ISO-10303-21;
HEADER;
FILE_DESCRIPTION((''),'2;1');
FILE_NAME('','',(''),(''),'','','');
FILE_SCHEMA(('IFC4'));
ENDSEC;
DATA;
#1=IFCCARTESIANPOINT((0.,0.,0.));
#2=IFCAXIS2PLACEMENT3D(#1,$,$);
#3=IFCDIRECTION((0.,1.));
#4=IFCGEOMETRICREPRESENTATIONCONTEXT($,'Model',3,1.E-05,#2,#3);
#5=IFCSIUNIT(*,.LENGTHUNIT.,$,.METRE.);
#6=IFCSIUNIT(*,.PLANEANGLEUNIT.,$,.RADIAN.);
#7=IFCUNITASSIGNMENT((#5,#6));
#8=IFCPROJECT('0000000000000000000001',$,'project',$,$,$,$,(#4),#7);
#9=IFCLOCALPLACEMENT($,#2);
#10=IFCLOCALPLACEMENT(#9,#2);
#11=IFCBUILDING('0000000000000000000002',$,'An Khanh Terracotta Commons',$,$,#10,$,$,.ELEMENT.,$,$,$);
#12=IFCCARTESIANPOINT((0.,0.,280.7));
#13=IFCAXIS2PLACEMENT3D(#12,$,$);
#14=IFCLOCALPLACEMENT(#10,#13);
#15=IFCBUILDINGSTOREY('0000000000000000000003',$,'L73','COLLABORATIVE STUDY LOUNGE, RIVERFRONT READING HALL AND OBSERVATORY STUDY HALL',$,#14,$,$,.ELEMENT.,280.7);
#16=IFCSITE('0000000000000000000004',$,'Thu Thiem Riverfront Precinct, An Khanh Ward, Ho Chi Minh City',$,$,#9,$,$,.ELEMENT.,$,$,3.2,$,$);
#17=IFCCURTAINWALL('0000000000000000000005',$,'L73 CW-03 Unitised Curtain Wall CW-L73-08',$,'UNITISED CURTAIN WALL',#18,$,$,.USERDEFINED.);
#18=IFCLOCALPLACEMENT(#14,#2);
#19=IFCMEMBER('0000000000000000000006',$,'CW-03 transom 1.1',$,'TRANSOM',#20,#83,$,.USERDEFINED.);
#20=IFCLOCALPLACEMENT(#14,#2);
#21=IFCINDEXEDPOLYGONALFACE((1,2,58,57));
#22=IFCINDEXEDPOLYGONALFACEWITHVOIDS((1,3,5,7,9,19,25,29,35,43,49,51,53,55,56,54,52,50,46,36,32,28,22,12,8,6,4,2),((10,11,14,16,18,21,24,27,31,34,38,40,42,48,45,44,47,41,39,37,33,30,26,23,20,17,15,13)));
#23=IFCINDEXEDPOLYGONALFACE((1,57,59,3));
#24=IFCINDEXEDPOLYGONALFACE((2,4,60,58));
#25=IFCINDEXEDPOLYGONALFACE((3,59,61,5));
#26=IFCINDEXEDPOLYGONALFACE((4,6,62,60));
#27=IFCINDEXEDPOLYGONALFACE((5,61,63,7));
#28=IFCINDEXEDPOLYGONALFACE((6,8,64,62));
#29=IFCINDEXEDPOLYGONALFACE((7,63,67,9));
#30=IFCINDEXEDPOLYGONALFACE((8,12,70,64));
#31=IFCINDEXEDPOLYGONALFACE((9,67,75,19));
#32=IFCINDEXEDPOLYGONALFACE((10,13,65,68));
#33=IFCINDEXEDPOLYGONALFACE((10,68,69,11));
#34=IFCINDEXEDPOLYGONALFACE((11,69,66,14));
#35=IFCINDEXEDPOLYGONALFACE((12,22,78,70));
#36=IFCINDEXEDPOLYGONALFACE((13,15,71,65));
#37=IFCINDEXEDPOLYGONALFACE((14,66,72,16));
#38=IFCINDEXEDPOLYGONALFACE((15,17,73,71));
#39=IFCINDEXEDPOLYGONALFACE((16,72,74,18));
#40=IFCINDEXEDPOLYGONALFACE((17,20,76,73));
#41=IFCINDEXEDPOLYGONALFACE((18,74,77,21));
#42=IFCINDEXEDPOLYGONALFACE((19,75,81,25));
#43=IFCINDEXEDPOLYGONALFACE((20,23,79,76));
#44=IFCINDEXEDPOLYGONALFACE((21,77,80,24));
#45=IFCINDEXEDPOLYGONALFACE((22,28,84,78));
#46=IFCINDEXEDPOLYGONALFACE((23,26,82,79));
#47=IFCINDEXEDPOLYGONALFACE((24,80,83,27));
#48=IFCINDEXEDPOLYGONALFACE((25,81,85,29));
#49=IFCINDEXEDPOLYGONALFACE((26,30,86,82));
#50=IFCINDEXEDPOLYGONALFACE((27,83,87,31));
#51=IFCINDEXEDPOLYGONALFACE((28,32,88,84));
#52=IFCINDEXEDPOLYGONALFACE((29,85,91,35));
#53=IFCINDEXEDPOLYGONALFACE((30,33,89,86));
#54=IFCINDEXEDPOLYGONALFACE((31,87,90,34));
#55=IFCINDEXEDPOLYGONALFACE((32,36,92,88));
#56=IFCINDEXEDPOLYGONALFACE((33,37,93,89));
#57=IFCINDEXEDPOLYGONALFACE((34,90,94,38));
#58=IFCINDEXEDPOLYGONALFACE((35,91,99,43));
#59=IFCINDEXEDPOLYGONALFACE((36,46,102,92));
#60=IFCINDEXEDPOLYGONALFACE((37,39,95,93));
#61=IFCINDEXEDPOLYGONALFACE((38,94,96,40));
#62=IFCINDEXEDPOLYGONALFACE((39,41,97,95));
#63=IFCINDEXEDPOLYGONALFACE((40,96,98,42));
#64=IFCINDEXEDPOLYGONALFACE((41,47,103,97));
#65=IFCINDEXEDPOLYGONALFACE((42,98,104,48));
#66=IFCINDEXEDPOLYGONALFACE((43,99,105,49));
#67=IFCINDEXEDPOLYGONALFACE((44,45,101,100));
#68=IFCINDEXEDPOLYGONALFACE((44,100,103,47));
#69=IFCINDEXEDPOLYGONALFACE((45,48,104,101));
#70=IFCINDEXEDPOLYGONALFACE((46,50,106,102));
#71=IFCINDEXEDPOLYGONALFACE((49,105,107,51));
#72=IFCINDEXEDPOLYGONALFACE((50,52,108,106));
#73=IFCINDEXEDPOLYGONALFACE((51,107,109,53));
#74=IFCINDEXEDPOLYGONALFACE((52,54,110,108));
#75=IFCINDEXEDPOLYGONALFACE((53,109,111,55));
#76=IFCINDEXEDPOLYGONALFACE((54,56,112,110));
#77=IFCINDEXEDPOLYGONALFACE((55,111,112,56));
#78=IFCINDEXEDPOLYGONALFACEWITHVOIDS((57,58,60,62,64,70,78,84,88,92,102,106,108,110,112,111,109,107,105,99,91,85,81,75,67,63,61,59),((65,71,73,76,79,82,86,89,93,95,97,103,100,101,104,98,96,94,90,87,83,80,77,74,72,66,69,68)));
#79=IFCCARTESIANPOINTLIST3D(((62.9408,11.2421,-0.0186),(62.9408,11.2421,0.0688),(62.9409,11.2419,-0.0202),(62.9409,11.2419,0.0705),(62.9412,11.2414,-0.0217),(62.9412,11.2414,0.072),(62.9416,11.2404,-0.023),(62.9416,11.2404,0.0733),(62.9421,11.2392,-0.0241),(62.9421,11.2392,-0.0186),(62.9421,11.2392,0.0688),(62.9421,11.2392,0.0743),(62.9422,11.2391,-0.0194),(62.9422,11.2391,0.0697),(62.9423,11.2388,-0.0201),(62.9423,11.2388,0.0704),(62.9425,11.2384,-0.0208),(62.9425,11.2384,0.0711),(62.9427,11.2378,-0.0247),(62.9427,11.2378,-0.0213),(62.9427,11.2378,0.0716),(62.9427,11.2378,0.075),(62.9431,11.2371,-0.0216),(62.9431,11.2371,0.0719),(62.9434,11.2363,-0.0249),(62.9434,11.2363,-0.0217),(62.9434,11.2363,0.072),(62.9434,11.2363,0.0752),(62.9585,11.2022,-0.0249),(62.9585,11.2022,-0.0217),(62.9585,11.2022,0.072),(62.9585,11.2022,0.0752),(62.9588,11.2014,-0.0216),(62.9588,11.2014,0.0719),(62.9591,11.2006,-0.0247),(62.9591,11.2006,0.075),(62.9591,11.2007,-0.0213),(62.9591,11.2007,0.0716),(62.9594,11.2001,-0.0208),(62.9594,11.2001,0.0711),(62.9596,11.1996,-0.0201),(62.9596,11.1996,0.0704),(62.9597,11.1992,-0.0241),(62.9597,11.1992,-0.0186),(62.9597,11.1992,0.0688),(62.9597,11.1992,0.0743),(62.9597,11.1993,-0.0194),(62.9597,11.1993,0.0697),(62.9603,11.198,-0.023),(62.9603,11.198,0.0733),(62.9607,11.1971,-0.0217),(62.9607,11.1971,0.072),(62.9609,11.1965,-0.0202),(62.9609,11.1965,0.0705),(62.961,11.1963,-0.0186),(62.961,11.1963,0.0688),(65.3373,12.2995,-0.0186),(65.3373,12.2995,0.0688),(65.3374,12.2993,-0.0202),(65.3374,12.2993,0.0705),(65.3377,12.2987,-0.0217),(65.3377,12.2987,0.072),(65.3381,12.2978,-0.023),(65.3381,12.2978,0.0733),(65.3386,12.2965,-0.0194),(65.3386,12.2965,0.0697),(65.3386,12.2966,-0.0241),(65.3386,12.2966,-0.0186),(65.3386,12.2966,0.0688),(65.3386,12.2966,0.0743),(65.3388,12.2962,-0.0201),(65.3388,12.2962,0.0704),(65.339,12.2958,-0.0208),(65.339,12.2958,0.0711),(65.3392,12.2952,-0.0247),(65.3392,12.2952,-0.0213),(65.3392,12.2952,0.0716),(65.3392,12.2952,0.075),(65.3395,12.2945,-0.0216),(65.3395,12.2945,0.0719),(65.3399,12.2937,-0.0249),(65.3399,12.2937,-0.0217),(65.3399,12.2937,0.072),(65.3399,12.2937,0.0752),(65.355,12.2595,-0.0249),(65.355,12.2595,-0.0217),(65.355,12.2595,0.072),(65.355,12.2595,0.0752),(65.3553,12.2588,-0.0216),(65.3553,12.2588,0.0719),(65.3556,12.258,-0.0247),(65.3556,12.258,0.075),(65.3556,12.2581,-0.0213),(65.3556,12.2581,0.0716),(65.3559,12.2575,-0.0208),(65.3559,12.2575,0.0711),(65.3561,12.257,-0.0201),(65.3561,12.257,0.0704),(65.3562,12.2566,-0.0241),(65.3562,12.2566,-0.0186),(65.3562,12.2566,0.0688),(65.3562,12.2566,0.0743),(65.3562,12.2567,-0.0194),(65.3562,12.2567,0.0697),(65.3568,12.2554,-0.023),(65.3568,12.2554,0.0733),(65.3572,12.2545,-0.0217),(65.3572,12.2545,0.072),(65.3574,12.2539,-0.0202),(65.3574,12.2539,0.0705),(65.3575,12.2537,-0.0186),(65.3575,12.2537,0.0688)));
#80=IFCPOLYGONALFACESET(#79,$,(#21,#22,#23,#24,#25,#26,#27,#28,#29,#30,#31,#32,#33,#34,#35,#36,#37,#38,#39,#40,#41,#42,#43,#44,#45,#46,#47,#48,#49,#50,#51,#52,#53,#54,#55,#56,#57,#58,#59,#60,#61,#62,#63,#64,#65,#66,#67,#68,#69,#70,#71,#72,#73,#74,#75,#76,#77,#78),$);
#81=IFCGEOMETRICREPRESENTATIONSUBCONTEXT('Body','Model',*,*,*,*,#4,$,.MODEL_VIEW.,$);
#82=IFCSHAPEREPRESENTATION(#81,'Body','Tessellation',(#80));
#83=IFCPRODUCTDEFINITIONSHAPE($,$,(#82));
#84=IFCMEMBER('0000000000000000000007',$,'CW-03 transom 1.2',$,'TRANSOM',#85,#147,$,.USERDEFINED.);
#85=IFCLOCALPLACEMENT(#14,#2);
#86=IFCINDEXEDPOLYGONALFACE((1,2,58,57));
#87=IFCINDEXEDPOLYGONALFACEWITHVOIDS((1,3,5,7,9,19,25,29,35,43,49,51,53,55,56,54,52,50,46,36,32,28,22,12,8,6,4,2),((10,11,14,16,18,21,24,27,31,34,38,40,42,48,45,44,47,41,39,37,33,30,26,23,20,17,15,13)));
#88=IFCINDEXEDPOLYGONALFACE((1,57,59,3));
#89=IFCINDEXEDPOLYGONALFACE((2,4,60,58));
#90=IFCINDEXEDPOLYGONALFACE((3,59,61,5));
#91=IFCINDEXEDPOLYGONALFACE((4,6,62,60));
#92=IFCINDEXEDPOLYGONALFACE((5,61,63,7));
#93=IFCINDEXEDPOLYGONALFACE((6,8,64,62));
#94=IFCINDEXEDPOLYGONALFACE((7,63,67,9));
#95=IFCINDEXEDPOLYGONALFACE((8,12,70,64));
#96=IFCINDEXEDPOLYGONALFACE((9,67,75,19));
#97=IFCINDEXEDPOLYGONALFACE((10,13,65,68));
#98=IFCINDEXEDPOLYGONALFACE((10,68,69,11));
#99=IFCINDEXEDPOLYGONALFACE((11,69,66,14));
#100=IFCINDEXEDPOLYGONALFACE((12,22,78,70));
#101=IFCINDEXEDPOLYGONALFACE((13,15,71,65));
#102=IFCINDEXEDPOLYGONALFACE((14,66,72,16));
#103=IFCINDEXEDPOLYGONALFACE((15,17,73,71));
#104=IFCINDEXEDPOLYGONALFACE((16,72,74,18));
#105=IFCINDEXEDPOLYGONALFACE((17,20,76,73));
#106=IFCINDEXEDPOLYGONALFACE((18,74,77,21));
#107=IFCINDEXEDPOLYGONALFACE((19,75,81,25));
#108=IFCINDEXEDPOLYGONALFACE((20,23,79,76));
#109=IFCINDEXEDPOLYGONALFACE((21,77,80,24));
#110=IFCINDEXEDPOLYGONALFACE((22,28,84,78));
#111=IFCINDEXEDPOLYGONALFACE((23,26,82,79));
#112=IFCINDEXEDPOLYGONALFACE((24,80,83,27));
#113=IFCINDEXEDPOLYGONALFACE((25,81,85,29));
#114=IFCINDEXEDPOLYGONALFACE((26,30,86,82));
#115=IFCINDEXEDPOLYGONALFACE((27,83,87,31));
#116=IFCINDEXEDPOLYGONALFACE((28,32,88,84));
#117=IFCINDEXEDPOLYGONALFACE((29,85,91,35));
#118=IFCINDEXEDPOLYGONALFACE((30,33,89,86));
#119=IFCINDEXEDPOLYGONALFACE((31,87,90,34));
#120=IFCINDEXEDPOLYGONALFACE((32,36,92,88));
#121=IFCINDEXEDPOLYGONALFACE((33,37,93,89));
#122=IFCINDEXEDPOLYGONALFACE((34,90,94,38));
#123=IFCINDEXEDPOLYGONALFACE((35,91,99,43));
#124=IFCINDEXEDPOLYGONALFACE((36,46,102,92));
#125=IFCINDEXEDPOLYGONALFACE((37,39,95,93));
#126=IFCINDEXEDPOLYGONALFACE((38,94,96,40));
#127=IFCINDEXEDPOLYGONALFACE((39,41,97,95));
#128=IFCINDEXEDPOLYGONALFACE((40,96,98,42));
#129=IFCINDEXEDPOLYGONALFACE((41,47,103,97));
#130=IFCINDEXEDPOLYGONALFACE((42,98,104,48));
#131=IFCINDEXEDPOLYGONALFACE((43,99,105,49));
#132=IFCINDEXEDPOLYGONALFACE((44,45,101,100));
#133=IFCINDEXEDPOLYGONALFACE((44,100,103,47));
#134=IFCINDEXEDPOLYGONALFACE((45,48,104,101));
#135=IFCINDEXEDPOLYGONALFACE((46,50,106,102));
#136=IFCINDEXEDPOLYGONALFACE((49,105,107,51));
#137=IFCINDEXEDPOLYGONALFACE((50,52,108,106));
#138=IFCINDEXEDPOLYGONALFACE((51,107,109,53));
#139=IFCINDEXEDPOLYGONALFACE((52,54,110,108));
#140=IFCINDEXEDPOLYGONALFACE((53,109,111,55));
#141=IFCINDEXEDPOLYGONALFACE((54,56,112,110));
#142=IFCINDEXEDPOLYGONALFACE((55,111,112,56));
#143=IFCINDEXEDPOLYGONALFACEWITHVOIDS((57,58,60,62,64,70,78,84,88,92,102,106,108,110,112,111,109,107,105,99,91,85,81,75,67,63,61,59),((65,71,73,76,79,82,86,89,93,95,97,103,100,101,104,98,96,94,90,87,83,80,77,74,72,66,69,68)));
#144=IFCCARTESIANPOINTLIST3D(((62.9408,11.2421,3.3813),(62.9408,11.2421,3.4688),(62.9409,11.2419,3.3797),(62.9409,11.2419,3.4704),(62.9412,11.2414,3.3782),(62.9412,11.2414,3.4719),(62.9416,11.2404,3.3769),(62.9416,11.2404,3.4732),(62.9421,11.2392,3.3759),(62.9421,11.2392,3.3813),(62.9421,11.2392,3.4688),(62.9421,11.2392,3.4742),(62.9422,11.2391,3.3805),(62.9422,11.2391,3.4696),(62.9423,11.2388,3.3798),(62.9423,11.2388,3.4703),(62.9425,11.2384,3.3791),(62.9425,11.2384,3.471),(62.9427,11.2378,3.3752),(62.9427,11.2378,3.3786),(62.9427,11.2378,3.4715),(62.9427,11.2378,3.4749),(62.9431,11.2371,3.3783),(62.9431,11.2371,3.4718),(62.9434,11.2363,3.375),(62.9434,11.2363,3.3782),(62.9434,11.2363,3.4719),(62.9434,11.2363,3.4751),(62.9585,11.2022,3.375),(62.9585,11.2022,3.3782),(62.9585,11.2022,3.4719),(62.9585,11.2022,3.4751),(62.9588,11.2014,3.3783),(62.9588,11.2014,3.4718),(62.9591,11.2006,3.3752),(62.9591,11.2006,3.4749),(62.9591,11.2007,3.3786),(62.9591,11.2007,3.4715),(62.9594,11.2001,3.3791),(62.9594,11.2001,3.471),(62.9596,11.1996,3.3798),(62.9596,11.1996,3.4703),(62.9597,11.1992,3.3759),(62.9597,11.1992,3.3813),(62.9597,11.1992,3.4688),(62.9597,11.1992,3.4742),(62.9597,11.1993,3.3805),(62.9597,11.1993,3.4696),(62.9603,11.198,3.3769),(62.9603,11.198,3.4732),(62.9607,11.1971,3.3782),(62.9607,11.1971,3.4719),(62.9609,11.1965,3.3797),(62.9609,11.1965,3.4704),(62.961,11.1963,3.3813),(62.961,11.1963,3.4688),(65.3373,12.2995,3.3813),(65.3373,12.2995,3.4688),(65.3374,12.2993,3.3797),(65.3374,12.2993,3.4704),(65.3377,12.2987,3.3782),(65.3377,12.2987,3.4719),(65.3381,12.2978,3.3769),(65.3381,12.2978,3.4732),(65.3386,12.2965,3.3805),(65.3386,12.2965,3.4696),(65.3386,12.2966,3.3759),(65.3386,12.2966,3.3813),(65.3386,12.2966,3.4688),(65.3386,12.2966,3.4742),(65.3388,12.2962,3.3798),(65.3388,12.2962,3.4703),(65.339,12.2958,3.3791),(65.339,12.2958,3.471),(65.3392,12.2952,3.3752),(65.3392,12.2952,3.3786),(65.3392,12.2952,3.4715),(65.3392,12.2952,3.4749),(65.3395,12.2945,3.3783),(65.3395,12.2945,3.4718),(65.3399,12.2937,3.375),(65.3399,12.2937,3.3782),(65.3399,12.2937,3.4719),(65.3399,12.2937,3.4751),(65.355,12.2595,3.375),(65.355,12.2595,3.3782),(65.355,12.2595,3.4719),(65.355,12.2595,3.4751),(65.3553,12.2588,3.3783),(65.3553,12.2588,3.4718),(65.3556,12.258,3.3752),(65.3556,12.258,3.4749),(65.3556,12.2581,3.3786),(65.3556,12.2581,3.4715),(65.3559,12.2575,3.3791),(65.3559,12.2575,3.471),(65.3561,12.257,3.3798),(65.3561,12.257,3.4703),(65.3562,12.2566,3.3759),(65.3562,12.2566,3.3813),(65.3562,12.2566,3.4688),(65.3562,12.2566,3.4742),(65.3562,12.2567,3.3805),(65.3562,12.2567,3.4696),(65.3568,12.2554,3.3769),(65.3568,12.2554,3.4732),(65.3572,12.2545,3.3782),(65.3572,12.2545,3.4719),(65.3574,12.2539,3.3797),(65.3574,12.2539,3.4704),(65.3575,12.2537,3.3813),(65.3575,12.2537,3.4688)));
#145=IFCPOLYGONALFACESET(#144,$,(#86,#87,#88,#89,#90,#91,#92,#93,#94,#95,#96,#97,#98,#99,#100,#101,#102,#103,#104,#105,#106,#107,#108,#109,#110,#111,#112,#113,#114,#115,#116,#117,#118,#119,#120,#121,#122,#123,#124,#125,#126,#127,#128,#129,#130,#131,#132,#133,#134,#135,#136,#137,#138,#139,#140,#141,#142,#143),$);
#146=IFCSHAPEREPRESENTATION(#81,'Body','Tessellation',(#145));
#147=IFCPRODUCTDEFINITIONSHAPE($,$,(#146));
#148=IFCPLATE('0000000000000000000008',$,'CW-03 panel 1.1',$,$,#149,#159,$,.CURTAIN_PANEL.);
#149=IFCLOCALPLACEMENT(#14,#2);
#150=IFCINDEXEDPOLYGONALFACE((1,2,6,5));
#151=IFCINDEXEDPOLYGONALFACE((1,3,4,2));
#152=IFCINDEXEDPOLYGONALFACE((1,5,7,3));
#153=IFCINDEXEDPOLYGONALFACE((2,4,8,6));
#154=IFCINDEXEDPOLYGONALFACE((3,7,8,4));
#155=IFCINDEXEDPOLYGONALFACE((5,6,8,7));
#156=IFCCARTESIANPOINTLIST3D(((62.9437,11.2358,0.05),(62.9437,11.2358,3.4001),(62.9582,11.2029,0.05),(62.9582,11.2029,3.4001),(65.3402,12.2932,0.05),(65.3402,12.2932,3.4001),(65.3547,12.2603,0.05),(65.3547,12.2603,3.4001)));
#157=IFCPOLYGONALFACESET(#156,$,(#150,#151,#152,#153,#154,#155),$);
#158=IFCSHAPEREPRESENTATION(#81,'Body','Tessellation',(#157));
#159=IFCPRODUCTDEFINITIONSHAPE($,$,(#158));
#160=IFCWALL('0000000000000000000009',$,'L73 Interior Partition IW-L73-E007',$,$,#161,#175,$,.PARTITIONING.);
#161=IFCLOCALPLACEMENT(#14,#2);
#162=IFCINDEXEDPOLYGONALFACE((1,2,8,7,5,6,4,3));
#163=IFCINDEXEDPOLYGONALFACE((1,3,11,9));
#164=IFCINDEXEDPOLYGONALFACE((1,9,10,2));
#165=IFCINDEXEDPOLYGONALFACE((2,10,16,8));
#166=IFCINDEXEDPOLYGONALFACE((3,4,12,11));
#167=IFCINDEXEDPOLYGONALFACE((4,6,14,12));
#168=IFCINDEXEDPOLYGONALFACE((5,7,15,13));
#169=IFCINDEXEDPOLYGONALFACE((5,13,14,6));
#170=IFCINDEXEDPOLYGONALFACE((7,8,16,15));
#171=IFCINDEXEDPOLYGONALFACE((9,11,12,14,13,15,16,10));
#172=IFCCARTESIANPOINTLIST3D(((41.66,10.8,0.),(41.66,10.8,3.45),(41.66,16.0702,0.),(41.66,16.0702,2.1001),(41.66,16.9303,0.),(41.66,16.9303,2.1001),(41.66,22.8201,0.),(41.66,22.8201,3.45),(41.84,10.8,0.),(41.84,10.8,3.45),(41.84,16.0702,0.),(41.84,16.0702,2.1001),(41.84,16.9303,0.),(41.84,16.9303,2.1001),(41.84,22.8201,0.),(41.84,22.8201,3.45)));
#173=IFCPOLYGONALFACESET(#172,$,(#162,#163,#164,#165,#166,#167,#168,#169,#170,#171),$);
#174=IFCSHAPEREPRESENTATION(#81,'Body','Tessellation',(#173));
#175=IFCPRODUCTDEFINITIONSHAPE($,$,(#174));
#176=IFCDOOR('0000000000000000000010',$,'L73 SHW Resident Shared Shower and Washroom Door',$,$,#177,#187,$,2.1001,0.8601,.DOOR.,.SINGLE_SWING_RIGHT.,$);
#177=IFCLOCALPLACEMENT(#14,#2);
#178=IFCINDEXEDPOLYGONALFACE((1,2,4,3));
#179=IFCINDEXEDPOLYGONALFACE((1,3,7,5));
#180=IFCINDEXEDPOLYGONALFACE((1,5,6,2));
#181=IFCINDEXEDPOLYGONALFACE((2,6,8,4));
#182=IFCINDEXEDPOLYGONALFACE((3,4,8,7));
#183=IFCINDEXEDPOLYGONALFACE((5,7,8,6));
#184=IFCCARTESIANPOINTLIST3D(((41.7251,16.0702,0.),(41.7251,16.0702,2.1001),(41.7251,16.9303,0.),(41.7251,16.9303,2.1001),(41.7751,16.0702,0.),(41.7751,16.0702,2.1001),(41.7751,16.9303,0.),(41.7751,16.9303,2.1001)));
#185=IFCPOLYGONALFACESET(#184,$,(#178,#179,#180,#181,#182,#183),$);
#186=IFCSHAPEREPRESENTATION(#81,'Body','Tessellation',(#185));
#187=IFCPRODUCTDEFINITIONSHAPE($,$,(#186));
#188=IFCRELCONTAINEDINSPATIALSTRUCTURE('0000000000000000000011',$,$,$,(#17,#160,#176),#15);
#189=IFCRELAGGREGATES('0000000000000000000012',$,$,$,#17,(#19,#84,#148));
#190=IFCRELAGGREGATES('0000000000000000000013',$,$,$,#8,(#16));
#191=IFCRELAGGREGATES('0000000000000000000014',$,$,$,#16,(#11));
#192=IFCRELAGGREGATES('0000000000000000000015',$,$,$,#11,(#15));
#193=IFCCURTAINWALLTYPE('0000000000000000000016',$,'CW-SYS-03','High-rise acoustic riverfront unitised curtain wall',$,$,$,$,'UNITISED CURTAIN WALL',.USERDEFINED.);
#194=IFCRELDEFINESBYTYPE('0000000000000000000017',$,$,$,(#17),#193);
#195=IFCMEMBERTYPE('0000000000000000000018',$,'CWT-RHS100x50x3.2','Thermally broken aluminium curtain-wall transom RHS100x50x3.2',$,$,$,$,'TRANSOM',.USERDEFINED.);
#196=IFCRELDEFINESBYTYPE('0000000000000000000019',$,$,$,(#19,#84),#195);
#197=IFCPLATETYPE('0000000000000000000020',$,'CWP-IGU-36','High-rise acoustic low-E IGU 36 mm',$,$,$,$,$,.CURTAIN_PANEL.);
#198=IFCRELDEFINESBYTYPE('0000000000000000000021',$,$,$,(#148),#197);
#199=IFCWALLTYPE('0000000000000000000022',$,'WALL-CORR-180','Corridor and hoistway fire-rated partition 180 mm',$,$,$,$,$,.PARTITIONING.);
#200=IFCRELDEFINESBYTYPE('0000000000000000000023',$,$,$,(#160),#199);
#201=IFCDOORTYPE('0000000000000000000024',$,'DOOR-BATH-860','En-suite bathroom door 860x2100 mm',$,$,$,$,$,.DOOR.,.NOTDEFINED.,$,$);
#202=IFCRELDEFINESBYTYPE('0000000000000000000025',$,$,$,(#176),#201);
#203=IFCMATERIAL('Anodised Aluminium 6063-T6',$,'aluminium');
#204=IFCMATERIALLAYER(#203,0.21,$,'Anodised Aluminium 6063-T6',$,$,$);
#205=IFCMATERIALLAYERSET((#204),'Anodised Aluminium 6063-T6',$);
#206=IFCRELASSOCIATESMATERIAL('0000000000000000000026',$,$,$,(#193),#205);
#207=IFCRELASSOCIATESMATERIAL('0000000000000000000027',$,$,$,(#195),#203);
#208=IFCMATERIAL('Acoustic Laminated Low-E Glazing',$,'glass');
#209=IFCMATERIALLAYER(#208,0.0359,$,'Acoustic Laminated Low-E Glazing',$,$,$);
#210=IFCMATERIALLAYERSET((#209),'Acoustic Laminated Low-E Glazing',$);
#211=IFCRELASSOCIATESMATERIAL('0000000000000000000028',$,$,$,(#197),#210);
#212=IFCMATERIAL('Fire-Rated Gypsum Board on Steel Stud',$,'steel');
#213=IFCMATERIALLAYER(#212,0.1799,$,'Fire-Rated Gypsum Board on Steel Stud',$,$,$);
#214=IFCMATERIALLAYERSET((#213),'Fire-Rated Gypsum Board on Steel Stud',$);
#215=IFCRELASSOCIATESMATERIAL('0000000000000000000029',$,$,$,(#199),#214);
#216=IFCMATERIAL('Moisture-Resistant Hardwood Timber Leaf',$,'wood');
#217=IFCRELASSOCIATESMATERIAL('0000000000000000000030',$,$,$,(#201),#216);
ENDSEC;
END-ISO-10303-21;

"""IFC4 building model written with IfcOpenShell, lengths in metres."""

from ifc_helpers import new_model, si_unit, direction, frame, frame_2d, origin, origin_2d, place, context, subcontext, project, spatial, rectangle, hollow_rectangle, extrude, material, layer, layer_set, material_profile, profile_set, type_object, element, fill, aggregate, save


model = new_model("IFC4")

# Units and contexts
model_context = context("Model", 3, precision=1e-05, world=origin(), true_north=direction((0.0, 1.0)))
body_context = subcontext(model_context, "Body", "Model", "MODEL_VIEW")
ifc_project = project(units=[si_unit("LENGTHUNIT", "METRE"), si_unit("PLANEANGLEUNIT", "RADIAN")], contexts=[model_context])

# Site, building, storey
site_placement = place(None, origin())
site = spatial("IfcSite", under=ifc_project, at=site_placement, Name="Thu Thiem Riverfront Precinct, An Khanh Ward, Ho Chi Minh City", CompositionType="ELEMENT", RefElevation=3.2)
building_placement = place(site_placement, origin())
building = spatial("IfcBuilding", under=site, at=building_placement, Name="An Khanh Terracotta Commons", CompositionType="ELEMENT")
storey_placement = place(building_placement, frame((0.0, 0.0, 280.7)))
storey = spatial("IfcBuildingStorey", under=building, at=storey_placement, Name="L73", Description="COLLABORATIVE STUDY LOUNGE, RIVERFRONT READING HALL AND OBSERVATORY STUDY HALL", CompositionType="ELEMENT", Elevation=280.7)

# Curtain wall, members, plate
ifc_material_1 = material(Name="Anodised Aluminium 6063-T6", Category="aluminium")
ifc_layer_1 = layer(ifc_material_1, 0.21, Name="Anodised Aluminium 6063-T6")
ifc_layer_set_1 = layer_set([ifc_layer_1], Name="Anodised Aluminium 6063-T6")
curtain_wall_type = type_object("IfcCurtainWallType", Name="CW-SYS-03", Description="High-rise acoustic riverfront unitised curtain wall", ElementType="UNITISED CURTAIN WALL", PredefinedType="USERDEFINED", material=ifc_layer_set_1)
curtain_wall_placement = place(storey_placement, origin())
curtain_wall = element("IfcCurtainWall", 1, at=curtain_wall_placement, inside=storey, type_object=curtain_wall_type, Name="L73 CW-03 Unitised Curtain Wall CW-L73-08", ObjectType="UNITISED CURTAIN WALL", PredefinedType="USERDEFINED")
ifc_material_profile_1 = material_profile(ifc_material_1, hollow_rectangle(XDim=0.05, YDim=0.1001, WallThickness=0.0032, InnerFilletRadius=0.0032, OuterFilletRadius=0.0063, at=origin_2d()), Name="RHS100x50x3.2")
ifc_profile_set_1 = profile_set([ifc_material_profile_1], Name="Anodised Aluminium 6063-T6")
member_type_1 = type_object("IfcMemberType", Name="CWT-RHS100x50x3.2", Description="Thermally broken aluminium curtain-wall transom RHS100x50x3.2", ElementType="TRANSOM", PredefinedType="USERDEFINED", material=ifc_profile_set_1)
member_1_placement = place(storey_placement, frame((62.9509, 11.2192, 0.0251), z_axis=(0.914904, 0.403672, 0.0), x_axis=(-0.403672, 0.914904, 0.0)))
member_1 = element("IfcMember", 2, at=member_1_placement, type_object=member_type_1, Name="CW-03 transom 1.1", ObjectType="TRANSOM", PredefinedType="USERDEFINED", context=body_context, shape_type="SweptSolid", body=[
    extrude(hollow_rectangle(XDim=0.05, YDim=0.1001, WallThickness=0.0032, InnerFilletRadius=0.0032, OuterFilletRadius=0.0063, at=origin_2d()), origin(), (0.0, 0.0, 1.0), 2.6194),
])
member_2_placement = place(storey_placement, frame((62.9509, 11.2192, 3.425), z_axis=(0.914904, 0.403672, 0.0), x_axis=(-0.403672, 0.914904, 0.0)))
member_2 = element("IfcMember", 3, at=member_2_placement, type_object=member_type_1, Name="CW-03 transom 1.2", ObjectType="TRANSOM", PredefinedType="USERDEFINED", context=body_context, shape_type="SweptSolid", body=[
    extrude(hollow_rectangle(XDim=0.05, YDim=0.1001, WallThickness=0.0032, InnerFilletRadius=0.0032, OuterFilletRadius=0.0063, at=origin_2d()), origin(), (0.0, 0.0, 1.0), 2.6194),
])
ifc_material_2 = material(Name="Acoustic Laminated Low-E Glazing", Category="glass")
ifc_layer_2 = layer(ifc_material_2, 0.0359, Name="Acoustic Laminated Low-E Glazing")
ifc_layer_set_2 = layer_set([ifc_layer_2], Name="Acoustic Laminated Low-E Glazing")
plate_type = type_object("IfcPlateType", Name="CWP-IGU-36", Description="High-rise acoustic low-E IGU 36 mm", PredefinedType="CURTAIN_PANEL", material=ifc_layer_set_2)
plate_placement = place(storey_placement, frame((64.1492, 11.748, 0.05), z_axis=(0.0, 0.0, 1.0), x_axis=(0.914902, 0.403676, 0.0)))
plate = element("IfcPlate", 4, at=plate_placement, type_object=plate_type, Name="CW-03 panel 1.1", PredefinedType="CURTAIN_PANEL", context=body_context, shape_type="SweptSolid", body=[
    extrude(rectangle(XDim=2.6194, YDim=0.0359, at=origin_2d()), origin(), (0.0, 0.0, 1.0), 3.3501),
])
aggregate(curtain_wall, [member_1, member_2, plate])

# Wall, opening, door
ifc_material_3 = material(Name="Fire-Rated Gypsum Board on Steel Stud", Category="steel")
ifc_layer_3 = layer(ifc_material_3, 0.1799, Name="Fire-Rated Gypsum Board on Steel Stud")
ifc_layer_set_3 = layer_set([ifc_layer_3], Name="Fire-Rated Gypsum Board on Steel Stud")
wall_type_1 = type_object("IfcWallType", Name="WALL-CORR-180", Description="Corridor and hoistway fire-rated partition 180 mm", PredefinedType="PARTITIONING", material=ifc_layer_set_3)
wall_1_placement = place(storey_placement, frame((41.75, 10.8, 0.0), z_axis=(0.0, 0.0, 1.0), x_axis=(0.0, 1.0, 0.0)))
wall_1 = element("IfcWall", 5, at=wall_1_placement, inside=storey, type_object=wall_type_1, Name="L73 Interior Partition IW-L73-E007", PredefinedType="PARTITIONING", context=body_context, shape_type="SweptSolid", body=[
    extrude(rectangle(XDim=12.02, YDim=0.1799, at=frame_2d((6.01, 0.0))), origin(), (0.0, 0.0, 1.0), 3.45),
])
opening_placement = place(wall_1_placement, frame((5.27, 0.0, 0.0)))
opening = element("IfcOpeningElement", 6, at=opening_placement, cuts=wall_1, PredefinedType="OPENING", context=body_context, shape_type="SweptSolid", body=[
    extrude(rectangle(XDim=0.8601, YDim=2.1001, at=frame_2d((0.4302, 1.05))), frame((0.0, 0.0999, 0.0), z_axis=(0.0, -1.0, 0.0), x_axis=(1.0, 0.0, 0.0)), (0.0, 0.0, 1.0), 0.2),
])
ifc_material_4 = material(Name="Moisture-Resistant Hardwood Timber Leaf", Category="wood")
door_type = type_object("IfcDoorType", Name="DOOR-BATH-860", Description="En-suite bathroom door 860x2100 mm", OperationType="NOTDEFINED", PredefinedType="DOOR", material=ifc_material_4)
door_placement = place(opening_placement, origin())
door = element("IfcDoor", 7, at=door_placement, inside=storey, type_object=door_type, Name="L73 SHW Resident Shared Shower and Washroom Door", OperationType="SINGLE_SWING_RIGHT", OverallHeight=2.1001, OverallWidth=0.8601, PredefinedType="DOOR", context=body_context, shape_type="SweptSolid", body=[
    extrude(rectangle(XDim=0.8601, YDim=2.1001, at=frame_2d((0.4302, 1.05))), frame((0.0, 0.0249, 0.0), z_axis=(0.0, -1.0, 0.0), x_axis=(1.0, 0.0, 0.0)), (0.0, 0.0, 1.0), 0.05),
])
fill(opening, door)

save(model, "model.ifc")
